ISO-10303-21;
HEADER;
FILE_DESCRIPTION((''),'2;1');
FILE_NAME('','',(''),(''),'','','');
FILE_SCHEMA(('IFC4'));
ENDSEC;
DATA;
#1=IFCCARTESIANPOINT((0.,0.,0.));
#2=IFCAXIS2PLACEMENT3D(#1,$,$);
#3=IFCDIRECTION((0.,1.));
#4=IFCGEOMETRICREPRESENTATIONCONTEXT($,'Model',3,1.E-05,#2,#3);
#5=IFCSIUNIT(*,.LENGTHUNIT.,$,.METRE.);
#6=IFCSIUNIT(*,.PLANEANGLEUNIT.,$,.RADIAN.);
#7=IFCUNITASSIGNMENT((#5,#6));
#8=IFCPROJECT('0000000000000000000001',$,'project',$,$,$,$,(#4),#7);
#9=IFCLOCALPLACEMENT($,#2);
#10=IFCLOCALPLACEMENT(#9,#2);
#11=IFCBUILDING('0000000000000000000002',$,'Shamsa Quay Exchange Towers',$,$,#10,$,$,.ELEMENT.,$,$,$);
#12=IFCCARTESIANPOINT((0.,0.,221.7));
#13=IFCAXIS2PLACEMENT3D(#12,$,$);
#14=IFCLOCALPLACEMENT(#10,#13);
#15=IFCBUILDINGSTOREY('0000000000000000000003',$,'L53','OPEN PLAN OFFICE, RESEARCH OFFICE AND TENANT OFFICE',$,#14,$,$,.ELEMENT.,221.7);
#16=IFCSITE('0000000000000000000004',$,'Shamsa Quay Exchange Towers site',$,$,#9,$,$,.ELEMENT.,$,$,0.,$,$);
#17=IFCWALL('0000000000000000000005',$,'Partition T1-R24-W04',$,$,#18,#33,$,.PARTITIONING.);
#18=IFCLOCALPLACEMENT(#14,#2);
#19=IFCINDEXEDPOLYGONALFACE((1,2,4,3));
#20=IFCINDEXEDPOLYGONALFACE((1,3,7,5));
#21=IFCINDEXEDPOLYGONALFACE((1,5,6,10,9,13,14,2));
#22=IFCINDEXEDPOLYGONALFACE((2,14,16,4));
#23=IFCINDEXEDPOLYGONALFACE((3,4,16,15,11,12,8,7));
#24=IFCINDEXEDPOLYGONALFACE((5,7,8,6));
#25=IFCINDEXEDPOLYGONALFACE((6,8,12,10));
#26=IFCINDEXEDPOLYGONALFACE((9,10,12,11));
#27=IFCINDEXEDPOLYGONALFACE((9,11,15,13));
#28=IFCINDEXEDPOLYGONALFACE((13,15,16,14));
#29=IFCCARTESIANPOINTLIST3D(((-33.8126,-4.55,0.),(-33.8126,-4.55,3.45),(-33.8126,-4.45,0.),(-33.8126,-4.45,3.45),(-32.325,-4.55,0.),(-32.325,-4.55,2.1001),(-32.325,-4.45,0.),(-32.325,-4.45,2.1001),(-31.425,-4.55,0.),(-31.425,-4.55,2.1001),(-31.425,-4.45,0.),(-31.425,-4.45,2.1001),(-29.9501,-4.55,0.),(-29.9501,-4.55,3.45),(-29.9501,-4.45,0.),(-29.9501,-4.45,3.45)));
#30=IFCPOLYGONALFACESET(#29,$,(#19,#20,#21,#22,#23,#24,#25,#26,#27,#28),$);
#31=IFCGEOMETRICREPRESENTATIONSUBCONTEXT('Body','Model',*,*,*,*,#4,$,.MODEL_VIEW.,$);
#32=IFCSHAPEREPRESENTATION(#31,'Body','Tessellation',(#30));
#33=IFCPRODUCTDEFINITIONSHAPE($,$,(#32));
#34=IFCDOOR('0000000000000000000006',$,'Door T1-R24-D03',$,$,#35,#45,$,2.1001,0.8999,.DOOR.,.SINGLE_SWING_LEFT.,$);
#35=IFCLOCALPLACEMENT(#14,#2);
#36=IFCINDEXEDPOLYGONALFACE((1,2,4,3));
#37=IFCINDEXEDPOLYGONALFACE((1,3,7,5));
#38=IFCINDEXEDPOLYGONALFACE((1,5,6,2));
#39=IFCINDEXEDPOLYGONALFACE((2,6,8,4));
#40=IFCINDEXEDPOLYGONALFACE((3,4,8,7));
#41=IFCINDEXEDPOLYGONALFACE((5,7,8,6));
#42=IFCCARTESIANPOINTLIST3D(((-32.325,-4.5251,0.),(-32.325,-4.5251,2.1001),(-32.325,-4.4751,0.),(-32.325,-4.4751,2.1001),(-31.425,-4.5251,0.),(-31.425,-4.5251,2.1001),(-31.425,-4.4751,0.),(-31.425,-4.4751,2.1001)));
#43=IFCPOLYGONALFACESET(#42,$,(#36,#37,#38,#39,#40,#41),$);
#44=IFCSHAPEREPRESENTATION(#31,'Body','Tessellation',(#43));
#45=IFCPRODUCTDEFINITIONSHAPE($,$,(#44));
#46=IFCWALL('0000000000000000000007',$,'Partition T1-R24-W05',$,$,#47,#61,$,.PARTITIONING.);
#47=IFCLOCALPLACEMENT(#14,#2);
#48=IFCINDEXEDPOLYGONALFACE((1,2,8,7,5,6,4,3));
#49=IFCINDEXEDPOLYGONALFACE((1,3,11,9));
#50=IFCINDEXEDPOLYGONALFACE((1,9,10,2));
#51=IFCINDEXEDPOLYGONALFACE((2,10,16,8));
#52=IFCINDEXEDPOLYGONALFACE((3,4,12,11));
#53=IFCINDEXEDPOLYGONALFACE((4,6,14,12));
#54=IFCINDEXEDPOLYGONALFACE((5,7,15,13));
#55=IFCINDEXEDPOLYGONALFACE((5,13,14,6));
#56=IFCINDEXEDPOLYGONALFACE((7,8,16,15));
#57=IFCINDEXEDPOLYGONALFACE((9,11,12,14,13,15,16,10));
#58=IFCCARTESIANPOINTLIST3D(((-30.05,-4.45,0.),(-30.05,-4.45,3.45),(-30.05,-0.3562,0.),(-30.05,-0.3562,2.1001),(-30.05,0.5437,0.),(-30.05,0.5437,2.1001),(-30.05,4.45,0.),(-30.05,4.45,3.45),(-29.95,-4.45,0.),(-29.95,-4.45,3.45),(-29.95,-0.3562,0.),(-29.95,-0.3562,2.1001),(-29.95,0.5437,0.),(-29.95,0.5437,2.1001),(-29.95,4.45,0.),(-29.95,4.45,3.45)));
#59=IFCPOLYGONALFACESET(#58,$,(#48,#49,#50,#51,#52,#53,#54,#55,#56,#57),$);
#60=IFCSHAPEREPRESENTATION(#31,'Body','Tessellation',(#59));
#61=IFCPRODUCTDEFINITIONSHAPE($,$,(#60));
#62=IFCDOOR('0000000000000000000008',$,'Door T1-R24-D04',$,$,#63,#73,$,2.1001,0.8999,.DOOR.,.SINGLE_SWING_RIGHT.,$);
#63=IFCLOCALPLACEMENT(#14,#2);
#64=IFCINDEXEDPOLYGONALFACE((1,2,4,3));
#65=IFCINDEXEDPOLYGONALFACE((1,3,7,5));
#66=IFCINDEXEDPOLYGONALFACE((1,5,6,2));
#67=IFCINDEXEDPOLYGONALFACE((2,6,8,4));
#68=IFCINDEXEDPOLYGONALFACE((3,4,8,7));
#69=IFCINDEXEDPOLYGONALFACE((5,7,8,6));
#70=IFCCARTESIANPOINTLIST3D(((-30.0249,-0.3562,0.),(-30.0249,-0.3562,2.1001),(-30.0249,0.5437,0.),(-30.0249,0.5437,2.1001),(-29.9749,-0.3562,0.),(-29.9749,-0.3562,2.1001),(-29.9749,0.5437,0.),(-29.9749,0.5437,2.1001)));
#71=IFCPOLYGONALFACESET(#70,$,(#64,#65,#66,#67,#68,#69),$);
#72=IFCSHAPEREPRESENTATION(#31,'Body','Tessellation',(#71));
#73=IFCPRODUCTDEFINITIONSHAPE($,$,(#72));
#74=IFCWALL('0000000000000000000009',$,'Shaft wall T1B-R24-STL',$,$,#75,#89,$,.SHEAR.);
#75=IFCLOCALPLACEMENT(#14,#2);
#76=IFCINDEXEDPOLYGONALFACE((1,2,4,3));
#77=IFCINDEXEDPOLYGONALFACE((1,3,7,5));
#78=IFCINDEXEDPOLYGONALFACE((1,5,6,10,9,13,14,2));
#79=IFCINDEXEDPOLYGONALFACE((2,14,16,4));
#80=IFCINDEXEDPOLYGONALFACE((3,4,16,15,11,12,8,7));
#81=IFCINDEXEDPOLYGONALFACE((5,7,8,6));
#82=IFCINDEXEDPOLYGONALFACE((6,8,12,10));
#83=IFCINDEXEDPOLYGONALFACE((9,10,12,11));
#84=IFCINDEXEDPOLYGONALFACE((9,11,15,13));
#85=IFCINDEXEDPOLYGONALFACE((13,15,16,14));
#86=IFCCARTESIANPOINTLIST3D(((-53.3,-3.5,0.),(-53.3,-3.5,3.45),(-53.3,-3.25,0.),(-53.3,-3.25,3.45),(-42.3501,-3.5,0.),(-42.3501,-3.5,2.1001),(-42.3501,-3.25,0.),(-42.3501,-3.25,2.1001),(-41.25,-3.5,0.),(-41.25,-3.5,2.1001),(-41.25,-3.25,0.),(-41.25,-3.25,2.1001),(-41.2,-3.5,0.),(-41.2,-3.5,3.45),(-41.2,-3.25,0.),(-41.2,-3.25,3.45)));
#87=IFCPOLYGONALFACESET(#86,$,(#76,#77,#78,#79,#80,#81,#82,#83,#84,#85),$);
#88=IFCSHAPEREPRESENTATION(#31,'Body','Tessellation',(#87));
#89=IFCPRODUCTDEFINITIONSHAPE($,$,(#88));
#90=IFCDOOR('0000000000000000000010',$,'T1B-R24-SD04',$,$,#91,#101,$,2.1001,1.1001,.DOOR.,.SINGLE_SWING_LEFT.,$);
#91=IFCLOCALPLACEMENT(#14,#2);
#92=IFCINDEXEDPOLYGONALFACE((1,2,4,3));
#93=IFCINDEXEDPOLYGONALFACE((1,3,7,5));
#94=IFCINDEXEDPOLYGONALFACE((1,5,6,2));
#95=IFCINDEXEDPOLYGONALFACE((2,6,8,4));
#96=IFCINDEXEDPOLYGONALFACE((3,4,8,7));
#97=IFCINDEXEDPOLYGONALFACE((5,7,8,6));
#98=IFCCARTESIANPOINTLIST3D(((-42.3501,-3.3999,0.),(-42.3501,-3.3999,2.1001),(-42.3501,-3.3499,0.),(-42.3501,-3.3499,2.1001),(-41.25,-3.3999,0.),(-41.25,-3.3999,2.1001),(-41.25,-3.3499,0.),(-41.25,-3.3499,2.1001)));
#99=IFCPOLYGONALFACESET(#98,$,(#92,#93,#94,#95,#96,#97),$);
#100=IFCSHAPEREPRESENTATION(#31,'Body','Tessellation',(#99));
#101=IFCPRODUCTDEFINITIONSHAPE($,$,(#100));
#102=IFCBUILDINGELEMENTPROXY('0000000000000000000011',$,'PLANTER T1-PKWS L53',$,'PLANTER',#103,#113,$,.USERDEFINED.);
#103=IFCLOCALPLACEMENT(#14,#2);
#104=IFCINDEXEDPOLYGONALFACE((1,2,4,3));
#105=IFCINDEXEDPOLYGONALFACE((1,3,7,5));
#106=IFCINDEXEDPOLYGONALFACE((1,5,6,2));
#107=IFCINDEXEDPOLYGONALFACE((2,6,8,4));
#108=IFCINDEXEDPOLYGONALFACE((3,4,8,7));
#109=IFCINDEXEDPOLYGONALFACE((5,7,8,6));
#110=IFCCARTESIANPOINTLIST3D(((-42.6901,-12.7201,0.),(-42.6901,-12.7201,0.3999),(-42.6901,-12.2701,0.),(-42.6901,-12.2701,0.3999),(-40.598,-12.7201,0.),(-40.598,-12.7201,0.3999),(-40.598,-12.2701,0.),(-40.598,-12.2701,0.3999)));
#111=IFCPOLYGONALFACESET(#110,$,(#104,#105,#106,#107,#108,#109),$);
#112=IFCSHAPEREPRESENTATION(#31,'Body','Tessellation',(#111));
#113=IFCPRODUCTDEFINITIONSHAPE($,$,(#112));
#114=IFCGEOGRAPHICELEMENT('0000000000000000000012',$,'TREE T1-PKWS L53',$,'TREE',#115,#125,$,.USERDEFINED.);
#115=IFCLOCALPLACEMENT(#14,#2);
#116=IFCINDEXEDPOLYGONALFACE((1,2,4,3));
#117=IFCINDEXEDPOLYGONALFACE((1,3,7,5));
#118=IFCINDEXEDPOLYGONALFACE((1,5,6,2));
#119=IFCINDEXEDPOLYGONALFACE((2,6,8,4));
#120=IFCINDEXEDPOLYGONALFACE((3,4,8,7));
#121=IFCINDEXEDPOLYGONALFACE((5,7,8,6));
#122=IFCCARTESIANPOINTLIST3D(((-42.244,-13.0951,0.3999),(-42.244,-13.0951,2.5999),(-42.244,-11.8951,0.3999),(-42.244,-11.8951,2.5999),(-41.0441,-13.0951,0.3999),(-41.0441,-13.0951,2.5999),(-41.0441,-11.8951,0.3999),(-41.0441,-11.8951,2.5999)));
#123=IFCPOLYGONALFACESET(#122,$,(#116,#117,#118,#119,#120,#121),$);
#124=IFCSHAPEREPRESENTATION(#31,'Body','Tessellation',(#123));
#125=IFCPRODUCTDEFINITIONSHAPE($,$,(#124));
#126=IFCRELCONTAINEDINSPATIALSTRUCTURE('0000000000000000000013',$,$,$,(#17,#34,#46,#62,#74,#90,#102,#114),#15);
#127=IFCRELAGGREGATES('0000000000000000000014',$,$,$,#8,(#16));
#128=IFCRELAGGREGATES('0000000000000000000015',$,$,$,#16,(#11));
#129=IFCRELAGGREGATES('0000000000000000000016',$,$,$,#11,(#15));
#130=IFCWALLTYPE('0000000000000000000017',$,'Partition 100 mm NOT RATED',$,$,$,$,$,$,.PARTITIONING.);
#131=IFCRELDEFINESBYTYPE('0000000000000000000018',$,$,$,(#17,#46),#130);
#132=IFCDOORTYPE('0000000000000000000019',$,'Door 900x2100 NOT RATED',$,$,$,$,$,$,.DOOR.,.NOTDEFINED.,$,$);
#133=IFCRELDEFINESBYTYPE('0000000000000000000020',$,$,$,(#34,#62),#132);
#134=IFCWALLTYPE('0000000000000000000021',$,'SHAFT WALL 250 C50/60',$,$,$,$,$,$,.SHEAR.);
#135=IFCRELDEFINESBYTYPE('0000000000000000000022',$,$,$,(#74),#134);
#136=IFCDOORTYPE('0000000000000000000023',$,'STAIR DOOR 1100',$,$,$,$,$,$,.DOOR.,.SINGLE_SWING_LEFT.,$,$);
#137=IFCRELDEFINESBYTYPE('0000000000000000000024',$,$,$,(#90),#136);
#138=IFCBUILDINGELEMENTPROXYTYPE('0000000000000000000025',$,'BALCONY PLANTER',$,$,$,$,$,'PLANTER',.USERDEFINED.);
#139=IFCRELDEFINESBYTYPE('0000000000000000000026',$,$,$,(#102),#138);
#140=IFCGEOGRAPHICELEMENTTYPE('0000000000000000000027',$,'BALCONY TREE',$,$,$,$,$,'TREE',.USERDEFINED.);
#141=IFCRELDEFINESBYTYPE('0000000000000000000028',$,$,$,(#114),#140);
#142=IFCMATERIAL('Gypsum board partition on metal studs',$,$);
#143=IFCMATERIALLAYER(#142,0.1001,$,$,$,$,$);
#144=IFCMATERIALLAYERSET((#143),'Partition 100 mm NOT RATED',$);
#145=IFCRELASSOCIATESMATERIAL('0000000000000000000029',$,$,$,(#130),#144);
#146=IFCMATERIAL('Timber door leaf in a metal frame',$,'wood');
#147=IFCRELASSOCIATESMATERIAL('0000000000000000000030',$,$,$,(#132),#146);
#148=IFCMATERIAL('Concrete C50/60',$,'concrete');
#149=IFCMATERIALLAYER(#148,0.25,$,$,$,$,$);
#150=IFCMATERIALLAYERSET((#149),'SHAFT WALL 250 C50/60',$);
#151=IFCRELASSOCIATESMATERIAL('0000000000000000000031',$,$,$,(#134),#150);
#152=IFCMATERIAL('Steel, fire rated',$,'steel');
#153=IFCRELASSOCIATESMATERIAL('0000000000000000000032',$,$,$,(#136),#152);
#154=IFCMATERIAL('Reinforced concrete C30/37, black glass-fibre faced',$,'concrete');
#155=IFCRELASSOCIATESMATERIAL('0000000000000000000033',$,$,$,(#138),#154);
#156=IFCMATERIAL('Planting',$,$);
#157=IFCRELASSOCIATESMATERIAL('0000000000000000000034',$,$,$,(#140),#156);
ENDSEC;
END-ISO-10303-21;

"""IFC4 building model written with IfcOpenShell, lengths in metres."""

from ifc_helpers import new_model, si_unit, direction, frame, frame_2d, origin, origin_2d, place, context, subcontext, project, spatial, rectangle, extrude, material, layer, layer_set, type_object, element, fill, save


model = new_model("IFC4")

# Units and contexts
model_context = context("Model", 3, precision=1e-05, world=origin(), true_north=direction((0.0, 1.0)))
body_context = subcontext(model_context, "Body", "Model", "MODEL_VIEW")
ifc_project = project(units=[si_unit("LENGTHUNIT", "METRE"), si_unit("PLANEANGLEUNIT", "RADIAN")], contexts=[model_context])

# Site, building, storey
site_placement = place(None, origin())
site = spatial("IfcSite", under=ifc_project, at=site_placement, Name="Shamsa Quay Exchange Towers site", CompositionType="ELEMENT", RefElevation=0.0)
building_placement = place(site_placement, origin())
building = spatial("IfcBuilding", under=site, at=building_placement, Name="Shamsa Quay Exchange Towers", CompositionType="ELEMENT")
storey_placement = place(building_placement, frame((0.0, 0.0, 221.7)))
storey = spatial("IfcBuildingStorey", under=building, at=storey_placement, Name="L53", Description="OPEN PLAN OFFICE, RESEARCH OFFICE AND TENANT OFFICE", CompositionType="ELEMENT", Elevation=221.7)

# Shared definitions
ifc_material_1 = material(Name="Steel, fire rated", Category="steel")

# Walls, openings, doors
ifc_material_2 = material(Name="Gypsum board partition on metal studs")
ifc_layer_1 = layer(ifc_material_2, 0.1001)
ifc_layer_set_1 = layer_set([ifc_layer_1], Name="Partition 100 mm NOT RATED")
wall_type_1 = type_object("IfcWallType", Name="Partition 100 mm NOT RATED", PredefinedType="PARTITIONING", material=ifc_layer_set_1)
wall_1_placement = place(storey_placement, frame((-33.8125, -4.5, 0.0)))
wall_1 = element("IfcWall", 1, at=wall_1_placement, inside=storey, type_object=wall_type_1, Name="Partition T1-R24-W04", PredefinedType="PARTITIONING", context=body_context, shape_type="SweptSolid", body=[
    extrude(rectangle(XDim=3.8625, YDim=0.1001, at=frame_2d((1.9312, 0.0))), origin(), (0.0, 0.0, 1.0), 3.45),
])
opening_1_placement = place(wall_1_placement, frame((1.4875, 0.0, 0.0)))
opening_1 = element("IfcOpeningElement", 2, at=opening_1_placement, cuts=wall_1, PredefinedType="OPENING", context=body_context, shape_type="SweptSolid", body=[
    extrude(rectangle(XDim=0.8999, YDim=2.1001, at=frame_2d((0.45, 1.05))), frame((0.0, 0.0601, 0.0), z_axis=(0.0, -1.0, 0.0), x_axis=(1.0, 0.0, 0.0)), (0.0, 0.0, 1.0), 0.1201),
])
ifc_material_3 = material(Name="Timber door leaf in a metal frame", Category="wood")
door_type_1 = type_object("IfcDoorType", Name="Door 900x2100 NOT RATED", OperationType="NOTDEFINED", PredefinedType="DOOR", material=ifc_material_3)
door_1_placement = place(opening_1_placement, origin())
door_1 = element("IfcDoor", 3, at=door_1_placement, inside=storey, type_object=door_type_1, Name="Door T1-R24-D03", OperationType="SINGLE_SWING_LEFT", OverallHeight=2.1001, OverallWidth=0.8999, PredefinedType="DOOR", context=body_context, shape_type="SweptSolid", body=[
    extrude(rectangle(XDim=0.8999, YDim=2.1001, at=frame_2d((0.45, 1.05))), frame((0.0, 0.0249, 0.0), z_axis=(0.0, -1.0, 0.0), x_axis=(1.0, 0.0, 0.0)), (0.0, 0.0, 1.0), 0.05),
])
fill(opening_1, door_1)
wall_2_placement = place(storey_placement, frame((-30.0, -4.45, 0.0), z_axis=(0.0, 0.0, 1.0), x_axis=(0.0, 1.0, 0.0)))
wall_2 = element("IfcWall", 4, at=wall_2_placement, inside=storey, type_object=wall_type_1, Name="Partition T1-R24-W05", PredefinedType="PARTITIONING", context=body_context, shape_type="SweptSolid", body=[
    extrude(rectangle(XDim=8.8999, YDim=0.1001, at=frame_2d((4.45, 0.0))), origin(), (0.0, 0.0, 1.0), 3.45),
])
opening_2_placement = place(wall_2_placement, frame((4.0938, 0.0, 0.0)))
opening_2 = element("IfcOpeningElement", 5, at=opening_2_placement, cuts=wall_2, PredefinedType="OPENING", context=body_context, shape_type="SweptSolid", body=[
    extrude(rectangle(XDim=0.8999, YDim=2.1001, at=frame_2d((0.45, 1.05))), frame((0.0, 0.0601, 0.0), z_axis=(0.0, -1.0, 0.0), x_axis=(1.0, 0.0, 0.0)), (0.0, 0.0, 1.0), 0.1201),
])
door_2_placement = place(opening_2_placement, origin())
door_2 = element("IfcDoor", 6, at=door_2_placement, inside=storey, type_object=door_type_1, Name="Door T1-R24-D04", OperationType="SINGLE_SWING_RIGHT", OverallHeight=2.1001, OverallWidth=0.8999, PredefinedType="DOOR", context=body_context, shape_type="SweptSolid", body=[
    extrude(rectangle(XDim=0.8999, YDim=2.1001, at=frame_2d((0.45, 1.05))), frame((0.0, 0.0249, 0.0), z_axis=(0.0, -1.0, 0.0), x_axis=(1.0, 0.0, 0.0)), (0.0, 0.0, 1.0), 0.05),
])
fill(opening_2, door_2)
ifc_material_4 = material(Name="Concrete C50/60", Category="concrete")
ifc_layer_2 = layer(ifc_material_4, 0.25)
ifc_layer_set_2 = layer_set([ifc_layer_2], Name="SHAFT WALL 250 C50/60")
wall_type_2 = type_object("IfcWallType", Name="SHAFT WALL 250 C50/60", PredefinedType="SHEAR", material=ifc_layer_set_2)
wall_3_placement = place(storey_placement, frame((-41.2, -3.375, 0.0), z_axis=(0.0, 0.0, 1.0), x_axis=(-1.0, 0.0, 0.0)))
wall_3 = element("IfcWall", 7, at=wall_3_placement, inside=storey, type_object=wall_type_2, Name="Shaft wall T1B-R24-STL", PredefinedType="SHEAR", context=body_context, shape_type="SweptSolid", body=[
    extrude(rectangle(XDim=12.1001, YDim=0.25, at=frame_2d((6.05, 0.0))), origin(), (0.0, 0.0, 1.0), 3.45),
])
opening_3_placement = place(wall_3_placement, frame((0.05, 0.0, 0.0)))
opening_3 = element("IfcOpeningElement", 8, at=opening_3_placement, cuts=wall_3, PredefinedType="OPENING", context=body_context, shape_type="SweptSolid", body=[
    extrude(rectangle(XDim=1.1001, YDim=2.1001, at=frame_2d((0.55, 1.05))), frame((0.0, 0.135, 0.0), z_axis=(0.0, -1.0, 0.0), x_axis=(1.0, 0.0, 0.0)), (0.0, 0.0, 1.0), 0.27),
])
door_type_2 = type_object("IfcDoorType", Name="STAIR DOOR 1100", OperationType="SINGLE_SWING_LEFT", PredefinedType="DOOR", material=ifc_material_1)
door_3_placement = place(opening_3_placement, origin())
door_3 = element("IfcDoor", 9, at=door_3_placement, inside=storey, type_object=door_type_2, Name="T1B-R24-SD04", OperationType="SINGLE_SWING_LEFT", OverallHeight=2.1001, OverallWidth=1.1001, PredefinedType="DOOR", context=body_context, shape_type="SweptSolid", body=[
    extrude(rectangle(XDim=1.1001, YDim=2.1001, at=frame_2d((0.55, 1.05))), frame((0.0, 0.0249, 0.0), z_axis=(0.0, -1.0, 0.0), x_axis=(1.0, 0.0, 0.0)), (0.0, 0.0, 1.0), 0.05),
])
fill(opening_3, door_3)

# Building element proxy
ifc_material_5 = material(Name="Reinforced concrete C30/37, black glass-fibre faced", Category="concrete")
building_element_proxy_type = type_object("IfcBuildingElementProxyType", Name="BALCONY PLANTER", ElementType="PLANTER", PredefinedType="USERDEFINED", material=ifc_material_5)
proxy_placement = place(storey_placement, frame((-41.644, -12.4951, 0.0)))
element("IfcBuildingElementProxy", 10, at=proxy_placement, inside=storey, type_object=building_element_proxy_type, Name="PLANTER T1-PKWS L53", ObjectType="PLANTER", PredefinedType="USERDEFINED", context=body_context, shape_type="SweptSolid", body=[
    extrude(rectangle(XDim=2.092, YDim=0.45, at=origin_2d()), origin(), (0.0, 0.0, 1.0), 0.3999),
])

# Geographic element
ifc_material_6 = material(Name="Planting")
geographic_element_type = type_object("IfcGeographicElementType", Name="BALCONY TREE", ElementType="TREE", PredefinedType="USERDEFINED", material=ifc_material_6)
geographic_element_placement = place(storey_placement, frame((-41.644, -12.4951, 0.3999)))
element("IfcGeographicElement", 11, at=geographic_element_placement, inside=storey, type_object=geographic_element_type, Name="TREE T1-PKWS L53", ObjectType="TREE", PredefinedType="USERDEFINED", context=body_context, shape_type="SweptSolid", body=[
    extrude(rectangle(XDim=1.2, YDim=1.2, at=origin_2d()), origin(), (0.0, 0.0, 1.0), 2.2),
])

save(model, "model.ifc")
